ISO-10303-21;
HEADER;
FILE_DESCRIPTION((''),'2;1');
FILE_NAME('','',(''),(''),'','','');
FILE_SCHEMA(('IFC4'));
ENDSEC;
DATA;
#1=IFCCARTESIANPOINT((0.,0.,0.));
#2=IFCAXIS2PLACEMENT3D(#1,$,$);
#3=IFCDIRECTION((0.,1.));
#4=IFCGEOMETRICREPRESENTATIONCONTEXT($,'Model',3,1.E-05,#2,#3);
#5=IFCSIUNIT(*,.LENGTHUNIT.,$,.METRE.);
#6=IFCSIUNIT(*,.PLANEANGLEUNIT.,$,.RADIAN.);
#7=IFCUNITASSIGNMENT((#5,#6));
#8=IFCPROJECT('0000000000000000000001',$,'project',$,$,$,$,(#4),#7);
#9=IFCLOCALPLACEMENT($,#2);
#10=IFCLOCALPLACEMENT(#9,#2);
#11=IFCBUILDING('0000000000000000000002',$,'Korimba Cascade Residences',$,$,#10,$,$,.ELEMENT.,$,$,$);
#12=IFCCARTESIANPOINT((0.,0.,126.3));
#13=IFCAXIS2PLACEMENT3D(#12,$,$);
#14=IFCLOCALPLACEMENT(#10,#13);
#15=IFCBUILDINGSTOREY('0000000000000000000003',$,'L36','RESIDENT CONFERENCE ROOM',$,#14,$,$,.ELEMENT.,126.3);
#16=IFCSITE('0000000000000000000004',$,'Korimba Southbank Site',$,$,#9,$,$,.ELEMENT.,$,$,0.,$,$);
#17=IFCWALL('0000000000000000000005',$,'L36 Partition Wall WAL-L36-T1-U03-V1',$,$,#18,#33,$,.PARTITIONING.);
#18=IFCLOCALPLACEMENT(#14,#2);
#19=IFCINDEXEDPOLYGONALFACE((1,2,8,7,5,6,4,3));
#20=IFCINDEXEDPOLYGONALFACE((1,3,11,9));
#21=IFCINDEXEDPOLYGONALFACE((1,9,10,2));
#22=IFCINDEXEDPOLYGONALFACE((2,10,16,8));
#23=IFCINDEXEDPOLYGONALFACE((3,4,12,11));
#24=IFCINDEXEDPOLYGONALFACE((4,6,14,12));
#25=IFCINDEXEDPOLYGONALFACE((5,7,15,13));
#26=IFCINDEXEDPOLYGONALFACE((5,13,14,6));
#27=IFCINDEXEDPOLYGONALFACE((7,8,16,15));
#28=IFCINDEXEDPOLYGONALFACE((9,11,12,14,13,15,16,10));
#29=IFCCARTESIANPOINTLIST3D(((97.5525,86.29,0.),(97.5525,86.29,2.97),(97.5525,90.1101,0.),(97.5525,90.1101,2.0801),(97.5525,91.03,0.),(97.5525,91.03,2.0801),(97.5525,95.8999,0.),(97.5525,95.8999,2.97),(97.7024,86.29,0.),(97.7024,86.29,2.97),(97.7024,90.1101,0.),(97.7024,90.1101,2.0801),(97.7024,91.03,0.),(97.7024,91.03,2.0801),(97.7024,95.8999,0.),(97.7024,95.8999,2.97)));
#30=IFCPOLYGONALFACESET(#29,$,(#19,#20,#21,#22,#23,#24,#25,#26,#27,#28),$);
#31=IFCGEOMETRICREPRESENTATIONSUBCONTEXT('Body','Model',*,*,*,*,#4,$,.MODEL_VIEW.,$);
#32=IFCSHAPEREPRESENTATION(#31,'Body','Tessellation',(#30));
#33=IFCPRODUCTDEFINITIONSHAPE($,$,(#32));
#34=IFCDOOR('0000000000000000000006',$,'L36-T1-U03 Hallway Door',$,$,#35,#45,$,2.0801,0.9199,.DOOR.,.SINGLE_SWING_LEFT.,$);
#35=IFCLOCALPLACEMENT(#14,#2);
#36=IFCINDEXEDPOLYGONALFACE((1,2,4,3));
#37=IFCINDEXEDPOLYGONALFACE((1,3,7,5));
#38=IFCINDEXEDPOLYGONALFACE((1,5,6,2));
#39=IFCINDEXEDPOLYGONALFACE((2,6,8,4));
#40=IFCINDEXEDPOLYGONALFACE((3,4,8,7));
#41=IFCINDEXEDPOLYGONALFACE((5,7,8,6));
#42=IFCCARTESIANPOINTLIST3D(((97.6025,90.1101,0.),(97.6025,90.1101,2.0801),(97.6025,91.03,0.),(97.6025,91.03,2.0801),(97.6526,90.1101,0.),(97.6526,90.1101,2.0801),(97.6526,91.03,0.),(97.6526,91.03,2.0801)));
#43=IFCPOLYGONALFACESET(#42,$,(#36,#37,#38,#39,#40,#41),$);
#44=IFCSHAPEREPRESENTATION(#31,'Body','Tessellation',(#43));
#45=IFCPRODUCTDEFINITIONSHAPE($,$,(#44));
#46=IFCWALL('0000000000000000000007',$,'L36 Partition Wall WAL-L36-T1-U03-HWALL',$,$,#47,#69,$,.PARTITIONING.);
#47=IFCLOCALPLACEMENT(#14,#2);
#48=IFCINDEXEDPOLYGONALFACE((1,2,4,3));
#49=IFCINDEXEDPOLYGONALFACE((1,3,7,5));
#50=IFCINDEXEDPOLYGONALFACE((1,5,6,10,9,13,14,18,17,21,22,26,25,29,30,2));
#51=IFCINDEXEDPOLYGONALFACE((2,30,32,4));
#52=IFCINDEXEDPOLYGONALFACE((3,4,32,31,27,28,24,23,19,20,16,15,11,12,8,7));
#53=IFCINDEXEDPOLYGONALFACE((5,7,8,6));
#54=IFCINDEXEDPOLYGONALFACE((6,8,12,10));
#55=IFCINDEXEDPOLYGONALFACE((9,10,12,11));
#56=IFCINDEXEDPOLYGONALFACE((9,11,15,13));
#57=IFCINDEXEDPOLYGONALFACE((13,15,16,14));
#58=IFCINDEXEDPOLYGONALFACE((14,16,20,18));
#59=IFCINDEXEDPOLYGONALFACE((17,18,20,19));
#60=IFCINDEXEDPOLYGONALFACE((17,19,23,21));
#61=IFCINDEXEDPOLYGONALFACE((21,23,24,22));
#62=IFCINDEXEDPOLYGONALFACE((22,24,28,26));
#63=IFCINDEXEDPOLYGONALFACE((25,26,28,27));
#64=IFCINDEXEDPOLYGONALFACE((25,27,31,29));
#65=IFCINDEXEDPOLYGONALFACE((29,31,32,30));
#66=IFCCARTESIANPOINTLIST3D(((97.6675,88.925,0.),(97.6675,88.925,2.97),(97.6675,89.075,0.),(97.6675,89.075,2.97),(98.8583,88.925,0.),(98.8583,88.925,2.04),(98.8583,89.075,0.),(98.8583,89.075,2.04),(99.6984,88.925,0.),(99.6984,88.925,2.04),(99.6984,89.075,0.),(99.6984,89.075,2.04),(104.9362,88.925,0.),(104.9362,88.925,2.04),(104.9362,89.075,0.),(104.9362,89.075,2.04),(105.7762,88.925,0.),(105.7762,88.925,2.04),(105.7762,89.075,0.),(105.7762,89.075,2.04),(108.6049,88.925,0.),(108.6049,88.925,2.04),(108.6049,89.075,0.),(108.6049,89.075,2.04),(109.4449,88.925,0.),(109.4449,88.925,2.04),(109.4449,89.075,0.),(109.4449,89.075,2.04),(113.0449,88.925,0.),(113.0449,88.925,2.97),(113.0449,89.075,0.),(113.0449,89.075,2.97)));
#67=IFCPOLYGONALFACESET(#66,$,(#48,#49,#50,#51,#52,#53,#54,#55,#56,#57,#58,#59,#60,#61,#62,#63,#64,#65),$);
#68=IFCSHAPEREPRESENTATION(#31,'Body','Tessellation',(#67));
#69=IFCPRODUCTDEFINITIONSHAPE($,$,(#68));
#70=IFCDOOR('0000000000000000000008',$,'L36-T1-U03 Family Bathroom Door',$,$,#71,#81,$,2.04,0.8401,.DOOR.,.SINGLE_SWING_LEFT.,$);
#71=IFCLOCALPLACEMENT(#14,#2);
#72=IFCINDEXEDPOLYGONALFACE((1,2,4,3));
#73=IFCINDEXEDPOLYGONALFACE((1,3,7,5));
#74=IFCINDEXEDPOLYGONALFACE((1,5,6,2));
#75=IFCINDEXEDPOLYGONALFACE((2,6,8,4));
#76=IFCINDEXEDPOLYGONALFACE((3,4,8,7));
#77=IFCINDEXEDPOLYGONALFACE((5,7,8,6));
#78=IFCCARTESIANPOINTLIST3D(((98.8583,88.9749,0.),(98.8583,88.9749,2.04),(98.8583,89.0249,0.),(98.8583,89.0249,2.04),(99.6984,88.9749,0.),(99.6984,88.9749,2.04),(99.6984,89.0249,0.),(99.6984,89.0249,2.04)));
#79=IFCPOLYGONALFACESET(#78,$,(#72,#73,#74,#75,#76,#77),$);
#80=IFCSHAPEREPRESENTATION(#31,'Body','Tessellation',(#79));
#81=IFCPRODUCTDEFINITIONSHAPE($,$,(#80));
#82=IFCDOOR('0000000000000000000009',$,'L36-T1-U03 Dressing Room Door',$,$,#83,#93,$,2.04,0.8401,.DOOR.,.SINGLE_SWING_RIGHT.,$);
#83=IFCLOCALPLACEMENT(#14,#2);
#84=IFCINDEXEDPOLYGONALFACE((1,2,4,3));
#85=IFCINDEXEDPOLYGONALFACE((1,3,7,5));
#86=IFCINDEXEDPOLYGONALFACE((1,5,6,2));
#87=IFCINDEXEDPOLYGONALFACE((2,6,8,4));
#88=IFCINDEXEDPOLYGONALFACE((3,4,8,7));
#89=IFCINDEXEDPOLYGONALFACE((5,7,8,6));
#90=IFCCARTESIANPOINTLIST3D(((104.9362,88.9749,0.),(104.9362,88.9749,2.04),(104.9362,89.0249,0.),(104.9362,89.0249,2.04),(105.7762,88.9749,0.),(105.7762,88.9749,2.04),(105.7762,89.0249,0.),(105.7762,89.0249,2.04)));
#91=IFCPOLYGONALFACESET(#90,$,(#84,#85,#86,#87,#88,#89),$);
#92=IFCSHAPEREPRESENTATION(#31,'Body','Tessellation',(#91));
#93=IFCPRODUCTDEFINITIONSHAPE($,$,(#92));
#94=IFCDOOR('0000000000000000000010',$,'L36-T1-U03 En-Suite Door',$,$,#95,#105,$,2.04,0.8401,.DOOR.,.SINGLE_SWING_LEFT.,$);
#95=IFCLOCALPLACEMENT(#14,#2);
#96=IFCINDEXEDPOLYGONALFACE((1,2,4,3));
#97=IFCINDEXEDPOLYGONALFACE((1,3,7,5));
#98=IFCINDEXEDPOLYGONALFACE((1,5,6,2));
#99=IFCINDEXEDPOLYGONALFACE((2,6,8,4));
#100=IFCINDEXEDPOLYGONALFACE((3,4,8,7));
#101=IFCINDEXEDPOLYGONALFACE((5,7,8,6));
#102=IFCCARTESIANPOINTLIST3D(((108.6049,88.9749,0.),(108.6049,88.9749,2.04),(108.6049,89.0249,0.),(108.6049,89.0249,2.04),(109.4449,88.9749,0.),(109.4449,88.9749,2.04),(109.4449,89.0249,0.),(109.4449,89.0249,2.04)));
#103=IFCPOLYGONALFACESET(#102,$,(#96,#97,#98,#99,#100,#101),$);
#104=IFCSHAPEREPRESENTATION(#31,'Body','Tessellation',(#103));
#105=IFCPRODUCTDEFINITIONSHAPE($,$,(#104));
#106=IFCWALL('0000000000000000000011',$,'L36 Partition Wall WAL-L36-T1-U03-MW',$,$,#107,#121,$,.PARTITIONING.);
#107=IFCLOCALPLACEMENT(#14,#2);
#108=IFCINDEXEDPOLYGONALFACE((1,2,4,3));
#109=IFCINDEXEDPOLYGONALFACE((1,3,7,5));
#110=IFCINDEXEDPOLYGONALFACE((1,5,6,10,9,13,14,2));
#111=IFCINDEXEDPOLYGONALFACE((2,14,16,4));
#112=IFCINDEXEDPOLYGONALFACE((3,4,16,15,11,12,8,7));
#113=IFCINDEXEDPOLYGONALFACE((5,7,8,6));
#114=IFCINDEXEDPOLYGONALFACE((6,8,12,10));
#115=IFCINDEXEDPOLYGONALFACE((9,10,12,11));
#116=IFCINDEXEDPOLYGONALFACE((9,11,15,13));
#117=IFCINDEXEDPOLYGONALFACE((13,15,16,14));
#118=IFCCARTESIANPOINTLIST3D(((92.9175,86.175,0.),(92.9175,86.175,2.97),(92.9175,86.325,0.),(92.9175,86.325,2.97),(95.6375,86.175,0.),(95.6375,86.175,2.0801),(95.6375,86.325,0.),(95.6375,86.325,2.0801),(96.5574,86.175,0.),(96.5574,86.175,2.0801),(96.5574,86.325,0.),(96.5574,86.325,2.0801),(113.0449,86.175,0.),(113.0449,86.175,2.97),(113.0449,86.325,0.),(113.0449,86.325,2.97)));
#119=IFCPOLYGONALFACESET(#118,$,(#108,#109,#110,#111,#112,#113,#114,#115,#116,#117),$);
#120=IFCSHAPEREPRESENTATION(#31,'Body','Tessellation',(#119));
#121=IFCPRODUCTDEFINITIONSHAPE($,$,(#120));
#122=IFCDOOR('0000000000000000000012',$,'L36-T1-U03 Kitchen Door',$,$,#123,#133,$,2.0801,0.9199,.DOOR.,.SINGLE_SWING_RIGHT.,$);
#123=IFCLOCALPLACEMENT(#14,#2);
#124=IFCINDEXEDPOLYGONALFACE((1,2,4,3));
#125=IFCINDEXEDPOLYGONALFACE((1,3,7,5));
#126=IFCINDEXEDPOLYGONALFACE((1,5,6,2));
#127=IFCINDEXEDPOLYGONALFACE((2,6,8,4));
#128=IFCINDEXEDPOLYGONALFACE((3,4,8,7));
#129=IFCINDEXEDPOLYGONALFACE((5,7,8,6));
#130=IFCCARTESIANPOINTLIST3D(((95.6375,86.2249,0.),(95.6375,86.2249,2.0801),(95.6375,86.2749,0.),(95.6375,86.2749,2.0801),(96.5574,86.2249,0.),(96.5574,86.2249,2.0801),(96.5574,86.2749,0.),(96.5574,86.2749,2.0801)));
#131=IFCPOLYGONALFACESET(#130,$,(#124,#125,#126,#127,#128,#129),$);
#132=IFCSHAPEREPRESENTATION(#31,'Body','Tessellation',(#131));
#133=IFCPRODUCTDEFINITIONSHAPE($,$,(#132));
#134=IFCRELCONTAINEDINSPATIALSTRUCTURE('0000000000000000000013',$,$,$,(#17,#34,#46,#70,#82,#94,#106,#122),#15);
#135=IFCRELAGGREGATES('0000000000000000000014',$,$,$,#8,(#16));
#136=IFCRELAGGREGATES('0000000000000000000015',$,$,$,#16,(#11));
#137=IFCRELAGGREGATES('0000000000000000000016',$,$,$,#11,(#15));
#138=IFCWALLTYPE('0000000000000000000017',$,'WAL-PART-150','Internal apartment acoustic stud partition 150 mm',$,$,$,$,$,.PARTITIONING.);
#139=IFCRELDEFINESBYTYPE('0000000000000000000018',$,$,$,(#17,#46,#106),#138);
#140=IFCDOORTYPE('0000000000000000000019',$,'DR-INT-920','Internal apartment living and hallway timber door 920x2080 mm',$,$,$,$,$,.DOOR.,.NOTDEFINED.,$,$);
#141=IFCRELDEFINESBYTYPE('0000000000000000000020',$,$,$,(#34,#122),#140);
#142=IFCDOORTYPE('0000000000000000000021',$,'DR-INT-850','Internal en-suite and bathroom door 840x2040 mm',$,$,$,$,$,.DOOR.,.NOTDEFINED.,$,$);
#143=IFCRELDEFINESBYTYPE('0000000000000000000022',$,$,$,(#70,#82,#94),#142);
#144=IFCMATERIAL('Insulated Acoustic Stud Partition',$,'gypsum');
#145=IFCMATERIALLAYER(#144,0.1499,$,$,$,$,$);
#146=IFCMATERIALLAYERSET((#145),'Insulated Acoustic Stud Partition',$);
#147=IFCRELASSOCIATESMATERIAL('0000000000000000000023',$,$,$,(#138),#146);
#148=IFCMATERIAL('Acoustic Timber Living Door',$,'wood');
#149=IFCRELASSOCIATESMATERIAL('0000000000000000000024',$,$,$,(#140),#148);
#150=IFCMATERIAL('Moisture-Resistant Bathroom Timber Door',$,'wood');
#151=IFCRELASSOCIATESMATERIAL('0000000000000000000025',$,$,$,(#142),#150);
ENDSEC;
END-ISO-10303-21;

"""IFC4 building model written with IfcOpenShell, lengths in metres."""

from ifc_helpers import new_model, si_unit, direction, frame, frame_2d, origin, place, context, subcontext, project, spatial, rectangle, extrude, material, layer, layer_set, type_object, element, fill, save


model = new_model("IFC4")

# Units and contexts
model_context = context("Model", 3, precision=1e-05, world=origin(), true_north=direction((0.0, 1.0)))
body_context = subcontext(model_context, "Body", "Model", "MODEL_VIEW")
ifc_project = project(units=[si_unit("LENGTHUNIT", "METRE"), si_unit("PLANEANGLEUNIT", "RADIAN")], contexts=[model_context])

# Site, building, storey
site_placement = place(None, origin())
site = spatial("IfcSite", under=ifc_project, at=site_placement, Name="Korimba Southbank Site", CompositionType="ELEMENT", RefElevation=0.0)
building_placement = place(site_placement, origin())
building = spatial("IfcBuilding", under=site, at=building_placement, Name="Korimba Cascade Residences", CompositionType="ELEMENT")
storey_placement = place(building_placement, frame((0.0, 0.0, 126.3)))
storey = spatial("IfcBuildingStorey", under=building, at=storey_placement, Name="L36", Description="RESIDENT CONFERENCE ROOM", CompositionType="ELEMENT", Elevation=126.3)

# Shared definitions
ifc_material_1 = material(Name="Insulated Acoustic Stud Partition", Category="gypsum")
ifc_layer = layer(ifc_material_1, 0.1499)
ifc_layer_set = layer_set([ifc_layer], Name="Insulated Acoustic Stud Partition")
wall_type = type_object("IfcWallType", Name="WAL-PART-150", Description="Internal apartment acoustic stud partition 150 mm", PredefinedType="PARTITIONING", material=ifc_layer_set)

# Wall, opening, door
wall_1_placement = place(storey_placement, frame((97.6274, 86.29, 0.0), z_axis=(0.0, 0.0, 1.0), x_axis=(0.0, 1.0, 0.0)))
wall_1 = element("IfcWall", 1, at=wall_1_placement, inside=storey, type_object=wall_type, Name="L36 Partition Wall WAL-L36-T1-U03-V1", PredefinedType="PARTITIONING", context=body_context, shape_type="SweptSolid", body=[
    extrude(rectangle(XDim=9.6099, YDim=0.1499, at=frame_2d((4.8049, 0.0))), origin(), (0.0, 0.0, 1.0), 2.97),
])
opening_1_placement = place(wall_1_placement, frame((3.8201, 0.0, 0.0)))
opening_1 = element("IfcOpeningElement", 2, at=opening_1_placement, cuts=wall_1, PredefinedType="OPENING", context=body_context, shape_type="SweptSolid", body=[
    extrude(rectangle(XDim=0.9199, YDim=2.0801, at=frame_2d((0.46, 1.04))), frame((0.0, 0.085, 0.0), z_axis=(0.0, -1.0, 0.0), x_axis=(1.0, 0.0, 0.0)), (0.0, 0.0, 1.0), 0.1699),
])
ifc_material_2 = material(Name="Acoustic Timber Living Door", Category="wood")
door_type_1 = type_object("IfcDoorType", Name="DR-INT-920", Description="Internal apartment living and hallway timber door 920x2080 mm", OperationType="NOTDEFINED", PredefinedType="DOOR", material=ifc_material_2)
door_1_placement = place(opening_1_placement, origin())
door_1 = element("IfcDoor", 3, at=door_1_placement, inside=storey, type_object=door_type_1, Name="L36-T1-U03 Hallway Door", OperationType="SINGLE_SWING_LEFT", OverallHeight=2.0801, OverallWidth=0.9199, PredefinedType="DOOR", context=body_context, shape_type="SweptSolid", body=[
    extrude(rectangle(XDim=0.9199, YDim=2.0801, at=frame_2d((0.46, 1.04))), frame((0.0, 0.0249, 0.0), z_axis=(0.0, -1.0, 0.0), x_axis=(1.0, 0.0, 0.0)), (0.0, 0.0, 1.0), 0.05),
])
fill(opening_1, door_1)

# Wall, openings, doors
wall_2_placement = place(storey_placement, frame((97.6675, 89.0, 0.0), z_axis=(0.0, 0.0, 1.0), x_axis=(1.0, 0.0, 0.0)))
wall_2 = element("IfcWall", 4, at=wall_2_placement, inside=storey, type_object=wall_type, Name="L36 Partition Wall WAL-L36-T1-U03-HWALL", PredefinedType="PARTITIONING", context=body_context, shape_type="SweptSolid", body=[
    extrude(rectangle(XDim=15.3774, YDim=0.1499, at=frame_2d((7.6887, 0.0))), origin(), (0.0, 0.0, 1.0), 2.97),
])
opening_2_placement = place(wall_2_placement, frame((1.1909, 0.0, 0.0)))
opening_2 = element("IfcOpeningElement", 5, at=opening_2_placement, cuts=wall_2, PredefinedType="OPENING", context=body_context, shape_type="SweptSolid", body=[
    extrude(rectangle(XDim=0.8401, YDim=2.04, at=frame_2d((0.4199, 1.02))), frame((0.0, 0.085, 0.0), z_axis=(0.0, -1.0, 0.0), x_axis=(1.0, 0.0, 0.0)), (0.0, 0.0, 1.0), 0.1699),
])
opening_3_placement = place(wall_2_placement, frame((7.2688, 0.0, 0.0)))
opening_3 = element("IfcOpeningElement", 6, at=opening_3_placement, cuts=wall_2, PredefinedType="OPENING", context=body_context, shape_type="SweptSolid", body=[
    extrude(rectangle(XDim=0.8401, YDim=2.04, at=frame_2d((0.4199, 1.02))), frame((0.0, 0.085, 0.0), z_axis=(0.0, -1.0, 0.0), x_axis=(1.0, 0.0, 0.0)), (0.0, 0.0, 1.0), 0.1699),
])
opening_4_placement = place(wall_2_placement, frame((10.9375, 0.0, 0.0)))
opening_4 = element("IfcOpeningElement", 7, at=opening_4_placement, cuts=wall_2, PredefinedType="OPENING", context=body_context, shape_type="SweptSolid", body=[
    extrude(rectangle(XDim=0.8401, YDim=2.04, at=frame_2d((0.4199, 1.02))), frame((0.0, 0.085, 0.0), z_axis=(0.0, -1.0, 0.0), x_axis=(1.0, 0.0, 0.0)), (0.0, 0.0, 1.0), 0.1699),
])
ifc_material_3 = material(Name="Moisture-Resistant Bathroom Timber Door", Category="wood")
door_type_2 = type_object("IfcDoorType", Name="DR-INT-850", Description="Internal en-suite and bathroom door 840x2040 mm", OperationType="NOTDEFINED", PredefinedType="DOOR", material=ifc_material_3)
door_2_placement = place(opening_2_placement, origin())
door_2 = element("IfcDoor", 8, at=door_2_placement, inside=storey, type_object=door_type_2, Name="L36-T1-U03 Family Bathroom Door", OperationType="SINGLE_SWING_LEFT", OverallHeight=2.04, OverallWidth=0.8401, PredefinedType="DOOR", context=body_context, shape_type="SweptSolid", body=[
    extrude(rectangle(XDim=0.8401, YDim=2.04, at=frame_2d((0.4199, 1.02))), frame((0.0, 0.0249, 0.0), z_axis=(0.0, -1.0, 0.0), x_axis=(1.0, 0.0, 0.0)), (0.0, 0.0, 1.0), 0.05),
])
fill(opening_2, door_2)
door_3_placement = place(opening_3_placement, origin())
door_3 = element("IfcDoor", 9, at=door_3_placement, inside=storey, type_object=door_type_2, Name="L36-T1-U03 Dressing Room Door", OperationType="SINGLE_SWING_RIGHT", OverallHeight=2.04, OverallWidth=0.8401, PredefinedType="DOOR", context=body_context, shape_type="SweptSolid", body=[
    extrude(rectangle(XDim=0.8401, YDim=2.04, at=frame_2d((0.4199, 1.02))), frame((0.0, 0.0249, 0.0), z_axis=(0.0, -1.0, 0.0), x_axis=(1.0, 0.0, 0.0)), (0.0, 0.0, 1.0), 0.05),
])
fill(opening_3, door_3)
door_4_placement = place(opening_4_placement, origin())
door_4 = element("IfcDoor", 10, at=door_4_placement, inside=storey, type_object=door_type_2, Name="L36-T1-U03 En-Suite Door", OperationType="SINGLE_SWING_LEFT", OverallHeight=2.04, OverallWidth=0.8401, PredefinedType="DOOR", context=body_context, shape_type="SweptSolid", body=[
    extrude(rectangle(XDim=0.8401, YDim=2.04, at=frame_2d((0.4199, 1.02))), frame((0.0, 0.0249, 0.0), z_axis=(0.0, -1.0, 0.0), x_axis=(1.0, 0.0, 0.0)), (0.0, 0.0, 1.0), 0.05),
])
fill(opening_4, door_4)

# Wall, opening, door
wall_3_placement = place(storey_placement, frame((92.9175, 86.25, 0.0), z_axis=(0.0, 0.0, 1.0), x_axis=(1.0, 0.0, 0.0)))
wall_3 = element("IfcWall", 11, at=wall_3_placement, inside=storey, type_object=wall_type, Name="L36 Partition Wall WAL-L36-T1-U03-MW", PredefinedType="PARTITIONING", context=body_context, shape_type="SweptSolid", body=[
    extrude(rectangle(XDim=20.1274, YDim=0.1499, at=frame_2d((10.0637, 0.0))), origin(), (0.0, 0.0, 1.0), 2.97),
])
opening_5_placement = place(wall_3_placement, frame((2.72, 0.0, 0.0)))
opening_5 = element("IfcOpeningElement", 12, at=opening_5_placement, cuts=wall_3, PredefinedType="OPENING", context=body_context, shape_type="SweptSolid", body=[
    extrude(rectangle(XDim=0.9199, YDim=2.0801, at=frame_2d((0.46, 1.04))), frame((0.0, 0.085, 0.0), z_axis=(0.0, -1.0, 0.0), x_axis=(1.0, 0.0, 0.0)), (0.0, 0.0, 1.0), 0.1699),
])
door_5_placement = place(opening_5_placement, origin())
door_5 = element("IfcDoor", 13, at=door_5_placement, inside=storey, type_object=door_type_1, Name="L36-T1-U03 Kitchen Door", OperationType="SINGLE_SWING_RIGHT", OverallHeight=2.0801, OverallWidth=0.9199, PredefinedType="DOOR", context=body_context, shape_type="SweptSolid", body=[
    extrude(rectangle(XDim=0.9199, YDim=2.0801, at=frame_2d((0.46, 1.04))), frame((0.0, 0.0249, 0.0), z_axis=(0.0, -1.0, 0.0), x_axis=(1.0, 0.0, 0.0)), (0.0, 0.0, 1.0), 0.05),
])
fill(opening_5, door_5)

save(model, "model.ifc")
